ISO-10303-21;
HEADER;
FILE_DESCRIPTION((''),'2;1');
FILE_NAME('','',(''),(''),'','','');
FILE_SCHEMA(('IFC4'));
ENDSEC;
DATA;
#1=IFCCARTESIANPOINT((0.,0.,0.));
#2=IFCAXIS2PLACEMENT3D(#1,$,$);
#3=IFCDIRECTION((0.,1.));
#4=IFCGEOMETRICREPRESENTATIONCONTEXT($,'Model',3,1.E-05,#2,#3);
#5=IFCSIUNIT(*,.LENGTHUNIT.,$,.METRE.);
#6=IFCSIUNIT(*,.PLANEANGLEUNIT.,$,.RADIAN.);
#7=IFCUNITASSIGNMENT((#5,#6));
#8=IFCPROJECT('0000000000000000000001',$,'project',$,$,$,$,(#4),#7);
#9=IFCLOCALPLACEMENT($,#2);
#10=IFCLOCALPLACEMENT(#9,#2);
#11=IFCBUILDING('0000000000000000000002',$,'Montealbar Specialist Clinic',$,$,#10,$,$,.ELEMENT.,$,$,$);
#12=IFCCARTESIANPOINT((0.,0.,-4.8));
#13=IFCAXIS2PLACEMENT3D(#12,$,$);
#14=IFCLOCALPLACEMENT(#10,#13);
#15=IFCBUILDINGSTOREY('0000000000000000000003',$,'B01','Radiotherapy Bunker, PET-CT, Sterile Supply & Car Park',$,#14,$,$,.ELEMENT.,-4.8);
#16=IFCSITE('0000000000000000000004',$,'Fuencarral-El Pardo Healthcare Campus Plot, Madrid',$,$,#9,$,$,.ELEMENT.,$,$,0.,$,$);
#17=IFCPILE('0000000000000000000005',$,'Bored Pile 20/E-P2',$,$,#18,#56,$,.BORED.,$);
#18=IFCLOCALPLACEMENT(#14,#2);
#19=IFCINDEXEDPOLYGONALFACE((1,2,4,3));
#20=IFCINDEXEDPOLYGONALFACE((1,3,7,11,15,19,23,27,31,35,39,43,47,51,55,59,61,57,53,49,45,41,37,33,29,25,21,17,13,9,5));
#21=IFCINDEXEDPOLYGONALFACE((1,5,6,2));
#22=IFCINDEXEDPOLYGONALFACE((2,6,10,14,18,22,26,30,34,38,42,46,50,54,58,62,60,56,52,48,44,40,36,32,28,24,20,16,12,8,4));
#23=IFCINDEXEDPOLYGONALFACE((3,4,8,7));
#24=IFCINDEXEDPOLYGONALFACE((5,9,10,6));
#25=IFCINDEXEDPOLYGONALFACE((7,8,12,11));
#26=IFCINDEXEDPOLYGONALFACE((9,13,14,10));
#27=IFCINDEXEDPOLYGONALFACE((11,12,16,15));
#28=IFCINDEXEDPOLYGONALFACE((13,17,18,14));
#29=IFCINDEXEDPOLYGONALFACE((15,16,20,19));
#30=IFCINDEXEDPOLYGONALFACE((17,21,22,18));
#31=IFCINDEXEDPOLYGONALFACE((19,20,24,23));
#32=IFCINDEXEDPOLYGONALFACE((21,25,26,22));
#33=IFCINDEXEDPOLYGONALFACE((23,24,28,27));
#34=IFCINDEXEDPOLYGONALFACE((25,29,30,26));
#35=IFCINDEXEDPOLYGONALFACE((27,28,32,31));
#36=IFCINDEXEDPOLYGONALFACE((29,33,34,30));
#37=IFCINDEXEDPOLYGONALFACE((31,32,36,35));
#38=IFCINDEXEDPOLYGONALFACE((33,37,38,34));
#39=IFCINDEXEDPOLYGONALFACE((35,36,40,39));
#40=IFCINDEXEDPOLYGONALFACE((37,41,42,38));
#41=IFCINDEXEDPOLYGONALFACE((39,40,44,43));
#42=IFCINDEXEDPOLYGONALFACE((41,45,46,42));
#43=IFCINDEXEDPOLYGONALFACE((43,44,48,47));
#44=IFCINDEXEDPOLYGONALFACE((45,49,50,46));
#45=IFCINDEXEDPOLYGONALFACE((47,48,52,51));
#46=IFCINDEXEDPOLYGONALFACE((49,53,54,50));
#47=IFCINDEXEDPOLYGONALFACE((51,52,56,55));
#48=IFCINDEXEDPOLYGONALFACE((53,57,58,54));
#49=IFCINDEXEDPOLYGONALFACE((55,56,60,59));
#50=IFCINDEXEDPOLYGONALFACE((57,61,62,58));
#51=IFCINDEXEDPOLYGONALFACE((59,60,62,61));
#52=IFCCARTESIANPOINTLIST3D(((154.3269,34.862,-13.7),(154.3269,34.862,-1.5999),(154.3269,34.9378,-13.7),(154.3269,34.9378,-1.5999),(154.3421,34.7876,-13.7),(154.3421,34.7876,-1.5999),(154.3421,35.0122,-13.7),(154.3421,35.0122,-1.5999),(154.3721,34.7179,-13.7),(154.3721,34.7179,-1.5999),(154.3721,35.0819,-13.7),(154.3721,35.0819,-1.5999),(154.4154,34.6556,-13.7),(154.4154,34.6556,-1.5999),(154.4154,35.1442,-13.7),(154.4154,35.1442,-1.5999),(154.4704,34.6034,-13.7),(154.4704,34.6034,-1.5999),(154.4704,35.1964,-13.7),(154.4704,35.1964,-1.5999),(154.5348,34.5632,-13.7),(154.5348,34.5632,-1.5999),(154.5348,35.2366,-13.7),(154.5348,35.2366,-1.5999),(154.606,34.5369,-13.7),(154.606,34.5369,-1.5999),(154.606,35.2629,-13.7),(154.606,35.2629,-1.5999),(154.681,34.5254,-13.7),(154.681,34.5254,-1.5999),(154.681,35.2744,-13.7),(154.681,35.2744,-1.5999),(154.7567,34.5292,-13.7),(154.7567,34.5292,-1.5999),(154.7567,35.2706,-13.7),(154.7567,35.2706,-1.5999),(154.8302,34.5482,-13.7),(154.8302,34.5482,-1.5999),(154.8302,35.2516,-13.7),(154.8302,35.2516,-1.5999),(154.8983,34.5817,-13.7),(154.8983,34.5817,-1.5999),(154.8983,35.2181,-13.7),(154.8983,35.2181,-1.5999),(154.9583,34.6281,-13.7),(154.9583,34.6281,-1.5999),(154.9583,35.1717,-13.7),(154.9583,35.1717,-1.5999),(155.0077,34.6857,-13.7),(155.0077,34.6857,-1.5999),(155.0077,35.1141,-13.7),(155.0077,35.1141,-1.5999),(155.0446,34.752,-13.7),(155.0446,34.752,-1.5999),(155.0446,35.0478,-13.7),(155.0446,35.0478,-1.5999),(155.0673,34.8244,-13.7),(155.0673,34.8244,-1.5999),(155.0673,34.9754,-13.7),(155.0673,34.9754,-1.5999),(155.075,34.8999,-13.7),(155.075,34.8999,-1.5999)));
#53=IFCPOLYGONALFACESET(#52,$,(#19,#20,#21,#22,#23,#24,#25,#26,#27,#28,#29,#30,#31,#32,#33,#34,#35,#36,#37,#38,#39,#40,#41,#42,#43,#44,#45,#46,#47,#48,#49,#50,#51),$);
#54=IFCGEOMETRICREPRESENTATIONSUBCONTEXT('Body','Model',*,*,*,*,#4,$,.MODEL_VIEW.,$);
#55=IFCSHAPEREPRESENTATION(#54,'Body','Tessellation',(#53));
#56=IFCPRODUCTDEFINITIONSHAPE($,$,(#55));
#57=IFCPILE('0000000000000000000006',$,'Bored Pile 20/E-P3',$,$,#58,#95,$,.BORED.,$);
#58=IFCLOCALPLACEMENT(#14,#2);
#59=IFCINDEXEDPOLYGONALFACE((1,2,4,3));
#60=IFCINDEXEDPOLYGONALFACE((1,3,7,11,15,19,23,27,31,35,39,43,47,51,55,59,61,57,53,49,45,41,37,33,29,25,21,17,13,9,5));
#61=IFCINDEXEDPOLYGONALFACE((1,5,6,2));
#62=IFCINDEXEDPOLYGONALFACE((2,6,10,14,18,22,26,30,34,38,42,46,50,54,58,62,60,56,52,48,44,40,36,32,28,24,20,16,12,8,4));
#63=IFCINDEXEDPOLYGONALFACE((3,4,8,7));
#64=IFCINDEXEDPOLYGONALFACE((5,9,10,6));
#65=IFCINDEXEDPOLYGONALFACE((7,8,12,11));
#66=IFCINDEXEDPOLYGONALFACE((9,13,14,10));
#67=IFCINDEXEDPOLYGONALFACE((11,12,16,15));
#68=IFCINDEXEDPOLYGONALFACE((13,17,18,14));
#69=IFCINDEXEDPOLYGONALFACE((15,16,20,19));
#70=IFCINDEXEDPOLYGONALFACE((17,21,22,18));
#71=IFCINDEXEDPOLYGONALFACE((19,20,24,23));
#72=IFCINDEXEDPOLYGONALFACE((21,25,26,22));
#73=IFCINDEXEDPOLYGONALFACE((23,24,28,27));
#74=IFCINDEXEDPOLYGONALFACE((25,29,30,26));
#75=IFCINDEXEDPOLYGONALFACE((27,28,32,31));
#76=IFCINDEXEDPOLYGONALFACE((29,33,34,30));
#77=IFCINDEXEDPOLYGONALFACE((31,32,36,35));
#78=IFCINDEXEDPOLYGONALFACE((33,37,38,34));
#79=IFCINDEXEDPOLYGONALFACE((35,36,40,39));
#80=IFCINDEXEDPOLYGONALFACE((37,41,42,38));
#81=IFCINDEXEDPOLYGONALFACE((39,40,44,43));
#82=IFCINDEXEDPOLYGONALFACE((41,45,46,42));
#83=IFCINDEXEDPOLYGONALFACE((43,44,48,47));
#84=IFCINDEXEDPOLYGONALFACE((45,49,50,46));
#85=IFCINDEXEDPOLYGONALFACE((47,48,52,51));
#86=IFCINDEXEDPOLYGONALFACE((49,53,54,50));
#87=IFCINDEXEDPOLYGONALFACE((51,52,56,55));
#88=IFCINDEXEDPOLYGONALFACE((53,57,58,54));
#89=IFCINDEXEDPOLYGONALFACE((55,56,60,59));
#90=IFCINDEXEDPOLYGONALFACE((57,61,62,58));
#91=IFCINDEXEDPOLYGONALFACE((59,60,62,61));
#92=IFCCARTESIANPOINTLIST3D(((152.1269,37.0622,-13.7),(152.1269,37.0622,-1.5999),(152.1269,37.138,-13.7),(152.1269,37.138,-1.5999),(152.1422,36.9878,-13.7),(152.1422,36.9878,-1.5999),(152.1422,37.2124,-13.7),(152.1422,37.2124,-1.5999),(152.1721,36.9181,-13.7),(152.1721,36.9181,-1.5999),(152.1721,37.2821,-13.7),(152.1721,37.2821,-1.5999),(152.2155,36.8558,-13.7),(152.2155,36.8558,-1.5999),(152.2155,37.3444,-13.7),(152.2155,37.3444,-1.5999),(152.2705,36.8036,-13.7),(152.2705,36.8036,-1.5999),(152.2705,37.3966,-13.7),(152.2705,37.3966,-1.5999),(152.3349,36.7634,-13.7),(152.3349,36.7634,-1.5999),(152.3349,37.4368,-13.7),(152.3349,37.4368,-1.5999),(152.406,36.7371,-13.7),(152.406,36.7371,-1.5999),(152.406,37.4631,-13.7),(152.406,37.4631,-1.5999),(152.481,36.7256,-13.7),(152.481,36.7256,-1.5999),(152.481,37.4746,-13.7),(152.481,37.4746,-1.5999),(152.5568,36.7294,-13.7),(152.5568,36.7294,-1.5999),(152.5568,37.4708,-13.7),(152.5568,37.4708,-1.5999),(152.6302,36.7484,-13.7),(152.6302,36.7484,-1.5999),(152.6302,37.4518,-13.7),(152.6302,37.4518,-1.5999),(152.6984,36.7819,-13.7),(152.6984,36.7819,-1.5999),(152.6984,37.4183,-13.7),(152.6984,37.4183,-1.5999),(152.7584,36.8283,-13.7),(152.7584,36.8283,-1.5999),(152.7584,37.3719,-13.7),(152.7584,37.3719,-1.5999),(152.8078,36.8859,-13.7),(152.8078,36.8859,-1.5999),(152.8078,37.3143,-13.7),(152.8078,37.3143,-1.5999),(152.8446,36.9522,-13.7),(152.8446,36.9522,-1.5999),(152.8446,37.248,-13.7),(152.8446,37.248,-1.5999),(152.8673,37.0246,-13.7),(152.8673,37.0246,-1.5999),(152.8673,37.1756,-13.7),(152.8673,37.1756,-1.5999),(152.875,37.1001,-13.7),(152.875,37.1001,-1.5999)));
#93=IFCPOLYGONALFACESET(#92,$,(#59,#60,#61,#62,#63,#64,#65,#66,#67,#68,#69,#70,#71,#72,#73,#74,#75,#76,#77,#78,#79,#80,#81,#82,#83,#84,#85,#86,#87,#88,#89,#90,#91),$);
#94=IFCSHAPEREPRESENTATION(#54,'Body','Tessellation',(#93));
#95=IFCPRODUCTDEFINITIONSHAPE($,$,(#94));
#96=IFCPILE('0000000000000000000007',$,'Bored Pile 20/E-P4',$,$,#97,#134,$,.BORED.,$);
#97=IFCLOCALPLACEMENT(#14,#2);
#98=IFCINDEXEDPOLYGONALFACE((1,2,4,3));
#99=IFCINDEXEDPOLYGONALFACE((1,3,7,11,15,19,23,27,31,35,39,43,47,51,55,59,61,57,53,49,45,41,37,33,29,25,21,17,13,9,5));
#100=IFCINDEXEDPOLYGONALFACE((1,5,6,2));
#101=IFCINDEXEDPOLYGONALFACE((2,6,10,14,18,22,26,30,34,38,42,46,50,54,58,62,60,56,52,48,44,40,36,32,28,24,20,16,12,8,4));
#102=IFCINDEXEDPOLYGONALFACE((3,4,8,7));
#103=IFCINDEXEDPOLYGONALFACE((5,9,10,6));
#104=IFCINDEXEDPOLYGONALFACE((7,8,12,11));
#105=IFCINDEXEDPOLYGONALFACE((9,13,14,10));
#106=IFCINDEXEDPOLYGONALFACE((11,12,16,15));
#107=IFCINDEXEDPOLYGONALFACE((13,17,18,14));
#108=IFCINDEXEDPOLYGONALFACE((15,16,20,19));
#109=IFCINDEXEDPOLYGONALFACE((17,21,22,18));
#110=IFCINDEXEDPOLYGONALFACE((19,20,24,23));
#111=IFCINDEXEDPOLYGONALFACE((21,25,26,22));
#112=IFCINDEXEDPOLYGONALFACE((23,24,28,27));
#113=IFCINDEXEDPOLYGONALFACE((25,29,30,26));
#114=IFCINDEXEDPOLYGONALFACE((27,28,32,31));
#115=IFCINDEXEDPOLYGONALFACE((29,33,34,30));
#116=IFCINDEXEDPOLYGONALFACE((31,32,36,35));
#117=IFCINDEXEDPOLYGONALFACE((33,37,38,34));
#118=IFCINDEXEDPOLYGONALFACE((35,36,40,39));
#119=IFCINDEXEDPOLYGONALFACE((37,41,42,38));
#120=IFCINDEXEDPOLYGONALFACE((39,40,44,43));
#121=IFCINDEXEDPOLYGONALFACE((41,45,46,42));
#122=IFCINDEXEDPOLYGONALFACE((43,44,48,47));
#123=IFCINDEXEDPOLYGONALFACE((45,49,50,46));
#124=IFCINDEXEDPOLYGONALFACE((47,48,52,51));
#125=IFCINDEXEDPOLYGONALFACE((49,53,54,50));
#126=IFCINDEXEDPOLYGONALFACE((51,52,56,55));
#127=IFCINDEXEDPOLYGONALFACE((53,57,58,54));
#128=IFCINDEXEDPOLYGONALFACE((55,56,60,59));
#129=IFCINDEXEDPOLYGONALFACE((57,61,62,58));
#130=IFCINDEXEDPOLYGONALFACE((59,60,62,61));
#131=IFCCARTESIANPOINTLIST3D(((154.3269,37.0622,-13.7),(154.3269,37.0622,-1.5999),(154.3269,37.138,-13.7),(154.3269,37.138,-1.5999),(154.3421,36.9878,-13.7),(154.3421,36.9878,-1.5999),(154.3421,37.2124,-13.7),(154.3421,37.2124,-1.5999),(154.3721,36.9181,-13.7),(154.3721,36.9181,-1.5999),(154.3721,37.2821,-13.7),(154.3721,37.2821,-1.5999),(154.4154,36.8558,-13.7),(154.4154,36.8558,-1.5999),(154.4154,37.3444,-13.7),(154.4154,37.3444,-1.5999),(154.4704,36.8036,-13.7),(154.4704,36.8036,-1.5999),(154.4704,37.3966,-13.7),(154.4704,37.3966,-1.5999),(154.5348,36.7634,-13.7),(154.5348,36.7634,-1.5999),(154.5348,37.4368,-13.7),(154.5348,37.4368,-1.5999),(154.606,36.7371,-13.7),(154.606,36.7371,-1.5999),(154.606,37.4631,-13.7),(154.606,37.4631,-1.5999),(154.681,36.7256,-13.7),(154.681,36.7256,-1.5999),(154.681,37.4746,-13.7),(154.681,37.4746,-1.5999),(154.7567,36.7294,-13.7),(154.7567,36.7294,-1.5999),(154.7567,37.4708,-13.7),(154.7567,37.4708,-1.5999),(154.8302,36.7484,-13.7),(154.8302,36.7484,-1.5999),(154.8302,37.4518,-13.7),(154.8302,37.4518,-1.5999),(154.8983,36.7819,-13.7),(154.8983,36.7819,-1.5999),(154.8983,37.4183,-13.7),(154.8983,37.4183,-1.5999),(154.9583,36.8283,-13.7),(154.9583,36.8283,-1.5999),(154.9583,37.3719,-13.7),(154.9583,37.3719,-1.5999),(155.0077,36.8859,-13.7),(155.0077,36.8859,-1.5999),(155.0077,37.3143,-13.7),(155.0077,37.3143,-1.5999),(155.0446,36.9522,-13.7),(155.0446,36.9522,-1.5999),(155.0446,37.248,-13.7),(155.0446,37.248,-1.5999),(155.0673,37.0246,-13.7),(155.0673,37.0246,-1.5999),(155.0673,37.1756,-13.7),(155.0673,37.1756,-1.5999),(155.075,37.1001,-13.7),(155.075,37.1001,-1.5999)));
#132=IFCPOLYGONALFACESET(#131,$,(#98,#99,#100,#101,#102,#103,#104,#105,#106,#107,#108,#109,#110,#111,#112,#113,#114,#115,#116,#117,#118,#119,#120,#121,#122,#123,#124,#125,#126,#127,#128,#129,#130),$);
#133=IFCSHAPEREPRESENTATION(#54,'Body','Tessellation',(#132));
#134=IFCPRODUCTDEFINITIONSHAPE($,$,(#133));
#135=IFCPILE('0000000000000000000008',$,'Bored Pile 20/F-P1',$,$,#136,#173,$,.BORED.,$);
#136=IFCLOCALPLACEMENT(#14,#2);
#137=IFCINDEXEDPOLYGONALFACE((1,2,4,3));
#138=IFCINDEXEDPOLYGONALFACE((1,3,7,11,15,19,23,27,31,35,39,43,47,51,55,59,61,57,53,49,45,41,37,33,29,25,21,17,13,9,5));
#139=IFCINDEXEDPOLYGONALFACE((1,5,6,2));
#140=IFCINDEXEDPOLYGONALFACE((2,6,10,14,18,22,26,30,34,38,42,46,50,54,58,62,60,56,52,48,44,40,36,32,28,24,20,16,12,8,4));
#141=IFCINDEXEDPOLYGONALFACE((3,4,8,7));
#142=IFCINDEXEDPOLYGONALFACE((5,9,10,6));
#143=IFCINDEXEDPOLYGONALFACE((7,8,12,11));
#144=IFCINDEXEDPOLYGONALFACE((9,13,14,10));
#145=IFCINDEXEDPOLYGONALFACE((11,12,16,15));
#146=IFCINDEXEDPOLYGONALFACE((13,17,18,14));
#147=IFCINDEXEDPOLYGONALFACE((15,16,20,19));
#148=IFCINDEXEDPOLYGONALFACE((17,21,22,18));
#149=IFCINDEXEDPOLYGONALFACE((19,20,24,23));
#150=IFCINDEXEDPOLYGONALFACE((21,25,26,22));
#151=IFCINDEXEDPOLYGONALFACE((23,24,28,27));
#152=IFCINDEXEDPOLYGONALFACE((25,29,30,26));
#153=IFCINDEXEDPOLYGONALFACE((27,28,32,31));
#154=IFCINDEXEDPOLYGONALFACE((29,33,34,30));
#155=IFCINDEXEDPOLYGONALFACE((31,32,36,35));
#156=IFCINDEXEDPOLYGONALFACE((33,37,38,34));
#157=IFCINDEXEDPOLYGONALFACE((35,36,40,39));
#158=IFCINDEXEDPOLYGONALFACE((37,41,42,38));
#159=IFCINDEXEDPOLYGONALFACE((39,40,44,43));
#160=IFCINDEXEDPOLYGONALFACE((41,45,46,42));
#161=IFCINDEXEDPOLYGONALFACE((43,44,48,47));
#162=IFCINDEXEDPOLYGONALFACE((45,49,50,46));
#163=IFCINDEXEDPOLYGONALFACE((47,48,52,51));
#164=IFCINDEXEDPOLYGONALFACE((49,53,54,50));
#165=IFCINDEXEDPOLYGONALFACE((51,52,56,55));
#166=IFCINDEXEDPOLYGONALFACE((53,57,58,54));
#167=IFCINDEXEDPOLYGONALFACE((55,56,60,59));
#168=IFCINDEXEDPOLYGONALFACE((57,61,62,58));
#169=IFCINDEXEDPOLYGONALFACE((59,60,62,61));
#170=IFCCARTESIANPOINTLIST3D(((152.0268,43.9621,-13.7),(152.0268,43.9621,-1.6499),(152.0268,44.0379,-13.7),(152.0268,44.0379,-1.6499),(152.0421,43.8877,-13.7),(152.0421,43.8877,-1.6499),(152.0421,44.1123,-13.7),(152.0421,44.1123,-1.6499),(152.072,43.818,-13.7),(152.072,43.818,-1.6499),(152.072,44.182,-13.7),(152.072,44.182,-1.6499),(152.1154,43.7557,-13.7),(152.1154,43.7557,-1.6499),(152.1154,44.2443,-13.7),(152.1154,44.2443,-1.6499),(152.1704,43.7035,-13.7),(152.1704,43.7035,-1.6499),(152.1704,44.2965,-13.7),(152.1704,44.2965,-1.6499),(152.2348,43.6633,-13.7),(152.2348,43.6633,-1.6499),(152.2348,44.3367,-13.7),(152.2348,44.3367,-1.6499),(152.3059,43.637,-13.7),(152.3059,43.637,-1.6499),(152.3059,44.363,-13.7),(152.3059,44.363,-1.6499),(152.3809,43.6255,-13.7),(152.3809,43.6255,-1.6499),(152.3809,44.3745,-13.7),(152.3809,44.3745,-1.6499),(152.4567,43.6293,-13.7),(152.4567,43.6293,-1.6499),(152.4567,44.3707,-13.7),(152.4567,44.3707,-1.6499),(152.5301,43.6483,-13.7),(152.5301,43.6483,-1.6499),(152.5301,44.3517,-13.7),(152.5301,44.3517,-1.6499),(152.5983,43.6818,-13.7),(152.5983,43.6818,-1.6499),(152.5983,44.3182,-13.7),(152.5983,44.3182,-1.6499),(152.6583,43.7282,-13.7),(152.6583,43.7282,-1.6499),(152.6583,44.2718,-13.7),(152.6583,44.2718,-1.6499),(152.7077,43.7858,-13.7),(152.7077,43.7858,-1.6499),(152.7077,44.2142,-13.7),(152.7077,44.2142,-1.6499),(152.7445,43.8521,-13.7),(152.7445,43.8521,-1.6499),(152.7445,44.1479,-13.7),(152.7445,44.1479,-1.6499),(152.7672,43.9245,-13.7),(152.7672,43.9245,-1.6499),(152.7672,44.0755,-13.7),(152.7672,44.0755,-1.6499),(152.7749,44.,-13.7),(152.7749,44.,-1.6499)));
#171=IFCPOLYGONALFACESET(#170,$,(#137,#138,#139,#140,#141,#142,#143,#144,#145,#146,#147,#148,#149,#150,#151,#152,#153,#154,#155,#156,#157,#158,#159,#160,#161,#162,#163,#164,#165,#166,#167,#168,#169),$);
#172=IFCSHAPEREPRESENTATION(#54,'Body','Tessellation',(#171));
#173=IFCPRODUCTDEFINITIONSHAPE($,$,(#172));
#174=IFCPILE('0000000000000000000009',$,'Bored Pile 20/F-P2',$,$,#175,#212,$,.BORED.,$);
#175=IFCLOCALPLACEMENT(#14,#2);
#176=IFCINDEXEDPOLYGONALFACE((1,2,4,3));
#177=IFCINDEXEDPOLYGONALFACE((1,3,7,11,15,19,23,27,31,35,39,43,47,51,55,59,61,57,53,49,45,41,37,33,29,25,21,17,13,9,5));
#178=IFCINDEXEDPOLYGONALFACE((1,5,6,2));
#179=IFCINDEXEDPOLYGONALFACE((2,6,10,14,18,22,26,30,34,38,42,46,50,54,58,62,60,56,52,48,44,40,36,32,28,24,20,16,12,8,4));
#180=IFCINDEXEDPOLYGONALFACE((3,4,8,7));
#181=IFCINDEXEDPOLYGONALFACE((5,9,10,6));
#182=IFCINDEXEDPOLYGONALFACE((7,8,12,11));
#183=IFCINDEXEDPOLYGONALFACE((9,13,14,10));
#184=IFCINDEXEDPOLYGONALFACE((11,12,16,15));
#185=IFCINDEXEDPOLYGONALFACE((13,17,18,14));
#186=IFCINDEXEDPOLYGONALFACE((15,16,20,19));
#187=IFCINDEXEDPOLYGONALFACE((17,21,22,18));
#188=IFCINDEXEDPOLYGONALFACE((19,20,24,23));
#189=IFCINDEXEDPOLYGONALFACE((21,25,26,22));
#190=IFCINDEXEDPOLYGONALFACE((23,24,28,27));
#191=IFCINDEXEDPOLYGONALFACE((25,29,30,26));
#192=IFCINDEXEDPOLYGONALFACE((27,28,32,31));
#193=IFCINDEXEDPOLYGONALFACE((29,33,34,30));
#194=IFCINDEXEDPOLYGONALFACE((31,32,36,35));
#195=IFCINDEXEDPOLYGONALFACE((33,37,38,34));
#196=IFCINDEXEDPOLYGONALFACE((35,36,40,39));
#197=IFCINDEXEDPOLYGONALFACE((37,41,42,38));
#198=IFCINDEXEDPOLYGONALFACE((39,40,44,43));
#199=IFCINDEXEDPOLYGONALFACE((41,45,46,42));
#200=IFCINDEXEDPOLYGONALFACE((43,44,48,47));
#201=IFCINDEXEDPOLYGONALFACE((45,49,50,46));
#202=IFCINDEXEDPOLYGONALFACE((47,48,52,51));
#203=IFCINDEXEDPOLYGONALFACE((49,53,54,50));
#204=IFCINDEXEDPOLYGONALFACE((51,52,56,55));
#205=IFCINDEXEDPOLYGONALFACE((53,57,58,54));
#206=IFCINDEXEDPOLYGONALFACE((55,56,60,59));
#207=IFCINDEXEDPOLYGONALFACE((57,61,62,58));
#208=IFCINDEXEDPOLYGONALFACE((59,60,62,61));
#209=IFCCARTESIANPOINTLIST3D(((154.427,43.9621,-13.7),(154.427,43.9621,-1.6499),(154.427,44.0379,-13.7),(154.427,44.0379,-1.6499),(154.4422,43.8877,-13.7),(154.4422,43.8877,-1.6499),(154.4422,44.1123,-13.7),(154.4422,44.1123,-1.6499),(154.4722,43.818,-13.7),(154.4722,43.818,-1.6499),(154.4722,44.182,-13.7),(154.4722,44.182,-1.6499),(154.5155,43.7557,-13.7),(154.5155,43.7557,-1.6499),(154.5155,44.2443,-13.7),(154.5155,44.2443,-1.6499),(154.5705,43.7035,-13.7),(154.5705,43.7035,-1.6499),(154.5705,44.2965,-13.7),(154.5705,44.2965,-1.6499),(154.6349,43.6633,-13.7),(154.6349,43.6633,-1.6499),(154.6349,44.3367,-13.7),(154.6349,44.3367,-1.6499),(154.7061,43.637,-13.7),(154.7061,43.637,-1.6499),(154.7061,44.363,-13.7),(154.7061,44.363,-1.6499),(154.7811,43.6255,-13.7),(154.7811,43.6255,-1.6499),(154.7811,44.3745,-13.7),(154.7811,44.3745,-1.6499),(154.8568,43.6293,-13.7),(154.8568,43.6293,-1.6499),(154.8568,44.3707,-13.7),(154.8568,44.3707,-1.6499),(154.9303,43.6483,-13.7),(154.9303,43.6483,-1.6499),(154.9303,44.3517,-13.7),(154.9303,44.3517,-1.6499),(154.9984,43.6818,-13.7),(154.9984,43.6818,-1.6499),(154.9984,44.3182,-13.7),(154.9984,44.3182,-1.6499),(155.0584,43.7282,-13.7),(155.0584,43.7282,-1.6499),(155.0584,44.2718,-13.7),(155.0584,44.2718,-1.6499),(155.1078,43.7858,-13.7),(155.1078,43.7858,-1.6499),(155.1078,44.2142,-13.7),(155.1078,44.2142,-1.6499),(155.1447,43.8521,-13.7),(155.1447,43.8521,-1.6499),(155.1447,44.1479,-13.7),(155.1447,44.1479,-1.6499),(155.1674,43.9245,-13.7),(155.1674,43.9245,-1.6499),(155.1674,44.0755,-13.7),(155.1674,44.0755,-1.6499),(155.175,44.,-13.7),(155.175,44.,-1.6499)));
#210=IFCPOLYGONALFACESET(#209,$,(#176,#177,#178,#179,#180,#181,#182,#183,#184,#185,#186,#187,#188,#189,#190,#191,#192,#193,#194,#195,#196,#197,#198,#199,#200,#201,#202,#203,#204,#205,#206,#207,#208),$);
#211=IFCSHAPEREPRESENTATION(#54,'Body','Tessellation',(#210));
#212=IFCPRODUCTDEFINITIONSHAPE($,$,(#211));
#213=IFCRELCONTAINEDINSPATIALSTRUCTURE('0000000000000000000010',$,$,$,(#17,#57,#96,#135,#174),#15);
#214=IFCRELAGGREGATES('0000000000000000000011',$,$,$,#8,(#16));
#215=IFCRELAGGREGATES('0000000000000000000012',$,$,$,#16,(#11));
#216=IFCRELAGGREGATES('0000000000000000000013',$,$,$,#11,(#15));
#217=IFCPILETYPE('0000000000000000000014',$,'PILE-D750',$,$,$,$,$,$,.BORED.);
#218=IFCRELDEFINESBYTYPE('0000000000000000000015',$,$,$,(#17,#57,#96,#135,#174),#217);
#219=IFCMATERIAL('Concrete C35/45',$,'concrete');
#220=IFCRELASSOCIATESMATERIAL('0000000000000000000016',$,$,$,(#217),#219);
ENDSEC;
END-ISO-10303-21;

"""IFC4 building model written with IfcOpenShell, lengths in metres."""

from ifc_helpers import new_model, si_unit, direction, frame, origin, origin_2d, place, context, subcontext, project, spatial, circle, extrude, material, material_profile, profile_set, type_object, element, save


model = new_model("IFC4")

# Units and contexts
model_context = context("Model", 3, precision=1e-05, world=origin(), true_north=direction((0.0, 1.0)))
body_context = subcontext(model_context, "Body", "Model", "MODEL_VIEW")
ifc_project = project(units=[si_unit("LENGTHUNIT", "METRE"), si_unit("PLANEANGLEUNIT", "RADIAN")], contexts=[model_context])

# Site, building, storey
site_placement = place(None, origin())
site = spatial("IfcSite", under=ifc_project, at=site_placement, Name="Fuencarral-El Pardo Healthcare Campus Plot, Madrid", CompositionType="ELEMENT", RefElevation=0.0)
building_placement = place(site_placement, origin())
building = spatial("IfcBuilding", under=site, at=building_placement, Name="Montealbar Specialist Clinic", CompositionType="ELEMENT")
storey_placement = place(building_placement, frame((0.0, 0.0, -4.8)))
storey = spatial("IfcBuildingStorey", under=building, at=storey_placement, Name="B01", Description="Radiotherapy Bunker, PET-CT, Sterile Supply & Car Park", CompositionType="ELEMENT", Elevation=-4.8)

# Shared definitions
ifc_material_1 = material(Name="Concrete C35/45", Category="concrete")

# Piles
ifc_material_profile_1 = material_profile(ifc_material_1, circle(Radius=0.375, at=origin_2d()), Name="PILE D750", Category="concrete")
ifc_profile_set_1 = profile_set([ifc_material_profile_1], Name="Concrete C35/45")
pile_type = type_object("IfcPileType", Name="PILE-D750", PredefinedType="BORED", material=ifc_profile_set_1)
for number, where, z_axis, x_axis, name in (
    (1, (154.7, 34.8999, -1.5999), (0.0, 0.0, -1.0), (1.0, 0.0, 0.0), "Bored Pile 20/E-P2"),
    (2, (152.5, 37.1001, -1.5999), (0.0, 0.0, -1.0), (1.0, 0.0, 0.0), "Bored Pile 20/E-P3"),
    (3, (154.7, 37.1001, -1.5999), (0.0, 0.0, -1.0), (1.0, 0.0, 0.0), "Bored Pile 20/E-P4"),
):
    element("IfcPile", number, at=place(storey_placement, frame(where, z_axis=z_axis, x_axis=x_axis)), inside=storey, type_object=pile_type, Name=name, PredefinedType="BORED", context=body_context, shape_type="SweptSolid", body=[
        extrude(circle(Radius=0.375, at=origin_2d()), origin(), (0.0, 0.0, 1.0), 12.1001),
    ])
for number, where, z_axis, x_axis, name in (
    (4, (152.3999, 44.0, -1.6499), (0.0, 0.0, -1.0), (1.0, 0.0, 0.0), "Bored Pile 20/F-P1"),
    (5, (154.8, 44.0, -1.6499), (0.0, 0.0, -1.0), (1.0, 0.0, 0.0), "Bored Pile 20/F-P2"),
):
    element("IfcPile", number, at=place(storey_placement, frame(where, z_axis=z_axis, x_axis=x_axis)), inside=storey, type_object=pile_type, Name=name, PredefinedType="BORED", context=body_context, shape_type="SweptSolid", body=[
        extrude(circle(Radius=0.375, at=origin_2d()), origin(), (0.0, 0.0, 1.0), 12.05),
    ])

save(model, "model.ifc")
